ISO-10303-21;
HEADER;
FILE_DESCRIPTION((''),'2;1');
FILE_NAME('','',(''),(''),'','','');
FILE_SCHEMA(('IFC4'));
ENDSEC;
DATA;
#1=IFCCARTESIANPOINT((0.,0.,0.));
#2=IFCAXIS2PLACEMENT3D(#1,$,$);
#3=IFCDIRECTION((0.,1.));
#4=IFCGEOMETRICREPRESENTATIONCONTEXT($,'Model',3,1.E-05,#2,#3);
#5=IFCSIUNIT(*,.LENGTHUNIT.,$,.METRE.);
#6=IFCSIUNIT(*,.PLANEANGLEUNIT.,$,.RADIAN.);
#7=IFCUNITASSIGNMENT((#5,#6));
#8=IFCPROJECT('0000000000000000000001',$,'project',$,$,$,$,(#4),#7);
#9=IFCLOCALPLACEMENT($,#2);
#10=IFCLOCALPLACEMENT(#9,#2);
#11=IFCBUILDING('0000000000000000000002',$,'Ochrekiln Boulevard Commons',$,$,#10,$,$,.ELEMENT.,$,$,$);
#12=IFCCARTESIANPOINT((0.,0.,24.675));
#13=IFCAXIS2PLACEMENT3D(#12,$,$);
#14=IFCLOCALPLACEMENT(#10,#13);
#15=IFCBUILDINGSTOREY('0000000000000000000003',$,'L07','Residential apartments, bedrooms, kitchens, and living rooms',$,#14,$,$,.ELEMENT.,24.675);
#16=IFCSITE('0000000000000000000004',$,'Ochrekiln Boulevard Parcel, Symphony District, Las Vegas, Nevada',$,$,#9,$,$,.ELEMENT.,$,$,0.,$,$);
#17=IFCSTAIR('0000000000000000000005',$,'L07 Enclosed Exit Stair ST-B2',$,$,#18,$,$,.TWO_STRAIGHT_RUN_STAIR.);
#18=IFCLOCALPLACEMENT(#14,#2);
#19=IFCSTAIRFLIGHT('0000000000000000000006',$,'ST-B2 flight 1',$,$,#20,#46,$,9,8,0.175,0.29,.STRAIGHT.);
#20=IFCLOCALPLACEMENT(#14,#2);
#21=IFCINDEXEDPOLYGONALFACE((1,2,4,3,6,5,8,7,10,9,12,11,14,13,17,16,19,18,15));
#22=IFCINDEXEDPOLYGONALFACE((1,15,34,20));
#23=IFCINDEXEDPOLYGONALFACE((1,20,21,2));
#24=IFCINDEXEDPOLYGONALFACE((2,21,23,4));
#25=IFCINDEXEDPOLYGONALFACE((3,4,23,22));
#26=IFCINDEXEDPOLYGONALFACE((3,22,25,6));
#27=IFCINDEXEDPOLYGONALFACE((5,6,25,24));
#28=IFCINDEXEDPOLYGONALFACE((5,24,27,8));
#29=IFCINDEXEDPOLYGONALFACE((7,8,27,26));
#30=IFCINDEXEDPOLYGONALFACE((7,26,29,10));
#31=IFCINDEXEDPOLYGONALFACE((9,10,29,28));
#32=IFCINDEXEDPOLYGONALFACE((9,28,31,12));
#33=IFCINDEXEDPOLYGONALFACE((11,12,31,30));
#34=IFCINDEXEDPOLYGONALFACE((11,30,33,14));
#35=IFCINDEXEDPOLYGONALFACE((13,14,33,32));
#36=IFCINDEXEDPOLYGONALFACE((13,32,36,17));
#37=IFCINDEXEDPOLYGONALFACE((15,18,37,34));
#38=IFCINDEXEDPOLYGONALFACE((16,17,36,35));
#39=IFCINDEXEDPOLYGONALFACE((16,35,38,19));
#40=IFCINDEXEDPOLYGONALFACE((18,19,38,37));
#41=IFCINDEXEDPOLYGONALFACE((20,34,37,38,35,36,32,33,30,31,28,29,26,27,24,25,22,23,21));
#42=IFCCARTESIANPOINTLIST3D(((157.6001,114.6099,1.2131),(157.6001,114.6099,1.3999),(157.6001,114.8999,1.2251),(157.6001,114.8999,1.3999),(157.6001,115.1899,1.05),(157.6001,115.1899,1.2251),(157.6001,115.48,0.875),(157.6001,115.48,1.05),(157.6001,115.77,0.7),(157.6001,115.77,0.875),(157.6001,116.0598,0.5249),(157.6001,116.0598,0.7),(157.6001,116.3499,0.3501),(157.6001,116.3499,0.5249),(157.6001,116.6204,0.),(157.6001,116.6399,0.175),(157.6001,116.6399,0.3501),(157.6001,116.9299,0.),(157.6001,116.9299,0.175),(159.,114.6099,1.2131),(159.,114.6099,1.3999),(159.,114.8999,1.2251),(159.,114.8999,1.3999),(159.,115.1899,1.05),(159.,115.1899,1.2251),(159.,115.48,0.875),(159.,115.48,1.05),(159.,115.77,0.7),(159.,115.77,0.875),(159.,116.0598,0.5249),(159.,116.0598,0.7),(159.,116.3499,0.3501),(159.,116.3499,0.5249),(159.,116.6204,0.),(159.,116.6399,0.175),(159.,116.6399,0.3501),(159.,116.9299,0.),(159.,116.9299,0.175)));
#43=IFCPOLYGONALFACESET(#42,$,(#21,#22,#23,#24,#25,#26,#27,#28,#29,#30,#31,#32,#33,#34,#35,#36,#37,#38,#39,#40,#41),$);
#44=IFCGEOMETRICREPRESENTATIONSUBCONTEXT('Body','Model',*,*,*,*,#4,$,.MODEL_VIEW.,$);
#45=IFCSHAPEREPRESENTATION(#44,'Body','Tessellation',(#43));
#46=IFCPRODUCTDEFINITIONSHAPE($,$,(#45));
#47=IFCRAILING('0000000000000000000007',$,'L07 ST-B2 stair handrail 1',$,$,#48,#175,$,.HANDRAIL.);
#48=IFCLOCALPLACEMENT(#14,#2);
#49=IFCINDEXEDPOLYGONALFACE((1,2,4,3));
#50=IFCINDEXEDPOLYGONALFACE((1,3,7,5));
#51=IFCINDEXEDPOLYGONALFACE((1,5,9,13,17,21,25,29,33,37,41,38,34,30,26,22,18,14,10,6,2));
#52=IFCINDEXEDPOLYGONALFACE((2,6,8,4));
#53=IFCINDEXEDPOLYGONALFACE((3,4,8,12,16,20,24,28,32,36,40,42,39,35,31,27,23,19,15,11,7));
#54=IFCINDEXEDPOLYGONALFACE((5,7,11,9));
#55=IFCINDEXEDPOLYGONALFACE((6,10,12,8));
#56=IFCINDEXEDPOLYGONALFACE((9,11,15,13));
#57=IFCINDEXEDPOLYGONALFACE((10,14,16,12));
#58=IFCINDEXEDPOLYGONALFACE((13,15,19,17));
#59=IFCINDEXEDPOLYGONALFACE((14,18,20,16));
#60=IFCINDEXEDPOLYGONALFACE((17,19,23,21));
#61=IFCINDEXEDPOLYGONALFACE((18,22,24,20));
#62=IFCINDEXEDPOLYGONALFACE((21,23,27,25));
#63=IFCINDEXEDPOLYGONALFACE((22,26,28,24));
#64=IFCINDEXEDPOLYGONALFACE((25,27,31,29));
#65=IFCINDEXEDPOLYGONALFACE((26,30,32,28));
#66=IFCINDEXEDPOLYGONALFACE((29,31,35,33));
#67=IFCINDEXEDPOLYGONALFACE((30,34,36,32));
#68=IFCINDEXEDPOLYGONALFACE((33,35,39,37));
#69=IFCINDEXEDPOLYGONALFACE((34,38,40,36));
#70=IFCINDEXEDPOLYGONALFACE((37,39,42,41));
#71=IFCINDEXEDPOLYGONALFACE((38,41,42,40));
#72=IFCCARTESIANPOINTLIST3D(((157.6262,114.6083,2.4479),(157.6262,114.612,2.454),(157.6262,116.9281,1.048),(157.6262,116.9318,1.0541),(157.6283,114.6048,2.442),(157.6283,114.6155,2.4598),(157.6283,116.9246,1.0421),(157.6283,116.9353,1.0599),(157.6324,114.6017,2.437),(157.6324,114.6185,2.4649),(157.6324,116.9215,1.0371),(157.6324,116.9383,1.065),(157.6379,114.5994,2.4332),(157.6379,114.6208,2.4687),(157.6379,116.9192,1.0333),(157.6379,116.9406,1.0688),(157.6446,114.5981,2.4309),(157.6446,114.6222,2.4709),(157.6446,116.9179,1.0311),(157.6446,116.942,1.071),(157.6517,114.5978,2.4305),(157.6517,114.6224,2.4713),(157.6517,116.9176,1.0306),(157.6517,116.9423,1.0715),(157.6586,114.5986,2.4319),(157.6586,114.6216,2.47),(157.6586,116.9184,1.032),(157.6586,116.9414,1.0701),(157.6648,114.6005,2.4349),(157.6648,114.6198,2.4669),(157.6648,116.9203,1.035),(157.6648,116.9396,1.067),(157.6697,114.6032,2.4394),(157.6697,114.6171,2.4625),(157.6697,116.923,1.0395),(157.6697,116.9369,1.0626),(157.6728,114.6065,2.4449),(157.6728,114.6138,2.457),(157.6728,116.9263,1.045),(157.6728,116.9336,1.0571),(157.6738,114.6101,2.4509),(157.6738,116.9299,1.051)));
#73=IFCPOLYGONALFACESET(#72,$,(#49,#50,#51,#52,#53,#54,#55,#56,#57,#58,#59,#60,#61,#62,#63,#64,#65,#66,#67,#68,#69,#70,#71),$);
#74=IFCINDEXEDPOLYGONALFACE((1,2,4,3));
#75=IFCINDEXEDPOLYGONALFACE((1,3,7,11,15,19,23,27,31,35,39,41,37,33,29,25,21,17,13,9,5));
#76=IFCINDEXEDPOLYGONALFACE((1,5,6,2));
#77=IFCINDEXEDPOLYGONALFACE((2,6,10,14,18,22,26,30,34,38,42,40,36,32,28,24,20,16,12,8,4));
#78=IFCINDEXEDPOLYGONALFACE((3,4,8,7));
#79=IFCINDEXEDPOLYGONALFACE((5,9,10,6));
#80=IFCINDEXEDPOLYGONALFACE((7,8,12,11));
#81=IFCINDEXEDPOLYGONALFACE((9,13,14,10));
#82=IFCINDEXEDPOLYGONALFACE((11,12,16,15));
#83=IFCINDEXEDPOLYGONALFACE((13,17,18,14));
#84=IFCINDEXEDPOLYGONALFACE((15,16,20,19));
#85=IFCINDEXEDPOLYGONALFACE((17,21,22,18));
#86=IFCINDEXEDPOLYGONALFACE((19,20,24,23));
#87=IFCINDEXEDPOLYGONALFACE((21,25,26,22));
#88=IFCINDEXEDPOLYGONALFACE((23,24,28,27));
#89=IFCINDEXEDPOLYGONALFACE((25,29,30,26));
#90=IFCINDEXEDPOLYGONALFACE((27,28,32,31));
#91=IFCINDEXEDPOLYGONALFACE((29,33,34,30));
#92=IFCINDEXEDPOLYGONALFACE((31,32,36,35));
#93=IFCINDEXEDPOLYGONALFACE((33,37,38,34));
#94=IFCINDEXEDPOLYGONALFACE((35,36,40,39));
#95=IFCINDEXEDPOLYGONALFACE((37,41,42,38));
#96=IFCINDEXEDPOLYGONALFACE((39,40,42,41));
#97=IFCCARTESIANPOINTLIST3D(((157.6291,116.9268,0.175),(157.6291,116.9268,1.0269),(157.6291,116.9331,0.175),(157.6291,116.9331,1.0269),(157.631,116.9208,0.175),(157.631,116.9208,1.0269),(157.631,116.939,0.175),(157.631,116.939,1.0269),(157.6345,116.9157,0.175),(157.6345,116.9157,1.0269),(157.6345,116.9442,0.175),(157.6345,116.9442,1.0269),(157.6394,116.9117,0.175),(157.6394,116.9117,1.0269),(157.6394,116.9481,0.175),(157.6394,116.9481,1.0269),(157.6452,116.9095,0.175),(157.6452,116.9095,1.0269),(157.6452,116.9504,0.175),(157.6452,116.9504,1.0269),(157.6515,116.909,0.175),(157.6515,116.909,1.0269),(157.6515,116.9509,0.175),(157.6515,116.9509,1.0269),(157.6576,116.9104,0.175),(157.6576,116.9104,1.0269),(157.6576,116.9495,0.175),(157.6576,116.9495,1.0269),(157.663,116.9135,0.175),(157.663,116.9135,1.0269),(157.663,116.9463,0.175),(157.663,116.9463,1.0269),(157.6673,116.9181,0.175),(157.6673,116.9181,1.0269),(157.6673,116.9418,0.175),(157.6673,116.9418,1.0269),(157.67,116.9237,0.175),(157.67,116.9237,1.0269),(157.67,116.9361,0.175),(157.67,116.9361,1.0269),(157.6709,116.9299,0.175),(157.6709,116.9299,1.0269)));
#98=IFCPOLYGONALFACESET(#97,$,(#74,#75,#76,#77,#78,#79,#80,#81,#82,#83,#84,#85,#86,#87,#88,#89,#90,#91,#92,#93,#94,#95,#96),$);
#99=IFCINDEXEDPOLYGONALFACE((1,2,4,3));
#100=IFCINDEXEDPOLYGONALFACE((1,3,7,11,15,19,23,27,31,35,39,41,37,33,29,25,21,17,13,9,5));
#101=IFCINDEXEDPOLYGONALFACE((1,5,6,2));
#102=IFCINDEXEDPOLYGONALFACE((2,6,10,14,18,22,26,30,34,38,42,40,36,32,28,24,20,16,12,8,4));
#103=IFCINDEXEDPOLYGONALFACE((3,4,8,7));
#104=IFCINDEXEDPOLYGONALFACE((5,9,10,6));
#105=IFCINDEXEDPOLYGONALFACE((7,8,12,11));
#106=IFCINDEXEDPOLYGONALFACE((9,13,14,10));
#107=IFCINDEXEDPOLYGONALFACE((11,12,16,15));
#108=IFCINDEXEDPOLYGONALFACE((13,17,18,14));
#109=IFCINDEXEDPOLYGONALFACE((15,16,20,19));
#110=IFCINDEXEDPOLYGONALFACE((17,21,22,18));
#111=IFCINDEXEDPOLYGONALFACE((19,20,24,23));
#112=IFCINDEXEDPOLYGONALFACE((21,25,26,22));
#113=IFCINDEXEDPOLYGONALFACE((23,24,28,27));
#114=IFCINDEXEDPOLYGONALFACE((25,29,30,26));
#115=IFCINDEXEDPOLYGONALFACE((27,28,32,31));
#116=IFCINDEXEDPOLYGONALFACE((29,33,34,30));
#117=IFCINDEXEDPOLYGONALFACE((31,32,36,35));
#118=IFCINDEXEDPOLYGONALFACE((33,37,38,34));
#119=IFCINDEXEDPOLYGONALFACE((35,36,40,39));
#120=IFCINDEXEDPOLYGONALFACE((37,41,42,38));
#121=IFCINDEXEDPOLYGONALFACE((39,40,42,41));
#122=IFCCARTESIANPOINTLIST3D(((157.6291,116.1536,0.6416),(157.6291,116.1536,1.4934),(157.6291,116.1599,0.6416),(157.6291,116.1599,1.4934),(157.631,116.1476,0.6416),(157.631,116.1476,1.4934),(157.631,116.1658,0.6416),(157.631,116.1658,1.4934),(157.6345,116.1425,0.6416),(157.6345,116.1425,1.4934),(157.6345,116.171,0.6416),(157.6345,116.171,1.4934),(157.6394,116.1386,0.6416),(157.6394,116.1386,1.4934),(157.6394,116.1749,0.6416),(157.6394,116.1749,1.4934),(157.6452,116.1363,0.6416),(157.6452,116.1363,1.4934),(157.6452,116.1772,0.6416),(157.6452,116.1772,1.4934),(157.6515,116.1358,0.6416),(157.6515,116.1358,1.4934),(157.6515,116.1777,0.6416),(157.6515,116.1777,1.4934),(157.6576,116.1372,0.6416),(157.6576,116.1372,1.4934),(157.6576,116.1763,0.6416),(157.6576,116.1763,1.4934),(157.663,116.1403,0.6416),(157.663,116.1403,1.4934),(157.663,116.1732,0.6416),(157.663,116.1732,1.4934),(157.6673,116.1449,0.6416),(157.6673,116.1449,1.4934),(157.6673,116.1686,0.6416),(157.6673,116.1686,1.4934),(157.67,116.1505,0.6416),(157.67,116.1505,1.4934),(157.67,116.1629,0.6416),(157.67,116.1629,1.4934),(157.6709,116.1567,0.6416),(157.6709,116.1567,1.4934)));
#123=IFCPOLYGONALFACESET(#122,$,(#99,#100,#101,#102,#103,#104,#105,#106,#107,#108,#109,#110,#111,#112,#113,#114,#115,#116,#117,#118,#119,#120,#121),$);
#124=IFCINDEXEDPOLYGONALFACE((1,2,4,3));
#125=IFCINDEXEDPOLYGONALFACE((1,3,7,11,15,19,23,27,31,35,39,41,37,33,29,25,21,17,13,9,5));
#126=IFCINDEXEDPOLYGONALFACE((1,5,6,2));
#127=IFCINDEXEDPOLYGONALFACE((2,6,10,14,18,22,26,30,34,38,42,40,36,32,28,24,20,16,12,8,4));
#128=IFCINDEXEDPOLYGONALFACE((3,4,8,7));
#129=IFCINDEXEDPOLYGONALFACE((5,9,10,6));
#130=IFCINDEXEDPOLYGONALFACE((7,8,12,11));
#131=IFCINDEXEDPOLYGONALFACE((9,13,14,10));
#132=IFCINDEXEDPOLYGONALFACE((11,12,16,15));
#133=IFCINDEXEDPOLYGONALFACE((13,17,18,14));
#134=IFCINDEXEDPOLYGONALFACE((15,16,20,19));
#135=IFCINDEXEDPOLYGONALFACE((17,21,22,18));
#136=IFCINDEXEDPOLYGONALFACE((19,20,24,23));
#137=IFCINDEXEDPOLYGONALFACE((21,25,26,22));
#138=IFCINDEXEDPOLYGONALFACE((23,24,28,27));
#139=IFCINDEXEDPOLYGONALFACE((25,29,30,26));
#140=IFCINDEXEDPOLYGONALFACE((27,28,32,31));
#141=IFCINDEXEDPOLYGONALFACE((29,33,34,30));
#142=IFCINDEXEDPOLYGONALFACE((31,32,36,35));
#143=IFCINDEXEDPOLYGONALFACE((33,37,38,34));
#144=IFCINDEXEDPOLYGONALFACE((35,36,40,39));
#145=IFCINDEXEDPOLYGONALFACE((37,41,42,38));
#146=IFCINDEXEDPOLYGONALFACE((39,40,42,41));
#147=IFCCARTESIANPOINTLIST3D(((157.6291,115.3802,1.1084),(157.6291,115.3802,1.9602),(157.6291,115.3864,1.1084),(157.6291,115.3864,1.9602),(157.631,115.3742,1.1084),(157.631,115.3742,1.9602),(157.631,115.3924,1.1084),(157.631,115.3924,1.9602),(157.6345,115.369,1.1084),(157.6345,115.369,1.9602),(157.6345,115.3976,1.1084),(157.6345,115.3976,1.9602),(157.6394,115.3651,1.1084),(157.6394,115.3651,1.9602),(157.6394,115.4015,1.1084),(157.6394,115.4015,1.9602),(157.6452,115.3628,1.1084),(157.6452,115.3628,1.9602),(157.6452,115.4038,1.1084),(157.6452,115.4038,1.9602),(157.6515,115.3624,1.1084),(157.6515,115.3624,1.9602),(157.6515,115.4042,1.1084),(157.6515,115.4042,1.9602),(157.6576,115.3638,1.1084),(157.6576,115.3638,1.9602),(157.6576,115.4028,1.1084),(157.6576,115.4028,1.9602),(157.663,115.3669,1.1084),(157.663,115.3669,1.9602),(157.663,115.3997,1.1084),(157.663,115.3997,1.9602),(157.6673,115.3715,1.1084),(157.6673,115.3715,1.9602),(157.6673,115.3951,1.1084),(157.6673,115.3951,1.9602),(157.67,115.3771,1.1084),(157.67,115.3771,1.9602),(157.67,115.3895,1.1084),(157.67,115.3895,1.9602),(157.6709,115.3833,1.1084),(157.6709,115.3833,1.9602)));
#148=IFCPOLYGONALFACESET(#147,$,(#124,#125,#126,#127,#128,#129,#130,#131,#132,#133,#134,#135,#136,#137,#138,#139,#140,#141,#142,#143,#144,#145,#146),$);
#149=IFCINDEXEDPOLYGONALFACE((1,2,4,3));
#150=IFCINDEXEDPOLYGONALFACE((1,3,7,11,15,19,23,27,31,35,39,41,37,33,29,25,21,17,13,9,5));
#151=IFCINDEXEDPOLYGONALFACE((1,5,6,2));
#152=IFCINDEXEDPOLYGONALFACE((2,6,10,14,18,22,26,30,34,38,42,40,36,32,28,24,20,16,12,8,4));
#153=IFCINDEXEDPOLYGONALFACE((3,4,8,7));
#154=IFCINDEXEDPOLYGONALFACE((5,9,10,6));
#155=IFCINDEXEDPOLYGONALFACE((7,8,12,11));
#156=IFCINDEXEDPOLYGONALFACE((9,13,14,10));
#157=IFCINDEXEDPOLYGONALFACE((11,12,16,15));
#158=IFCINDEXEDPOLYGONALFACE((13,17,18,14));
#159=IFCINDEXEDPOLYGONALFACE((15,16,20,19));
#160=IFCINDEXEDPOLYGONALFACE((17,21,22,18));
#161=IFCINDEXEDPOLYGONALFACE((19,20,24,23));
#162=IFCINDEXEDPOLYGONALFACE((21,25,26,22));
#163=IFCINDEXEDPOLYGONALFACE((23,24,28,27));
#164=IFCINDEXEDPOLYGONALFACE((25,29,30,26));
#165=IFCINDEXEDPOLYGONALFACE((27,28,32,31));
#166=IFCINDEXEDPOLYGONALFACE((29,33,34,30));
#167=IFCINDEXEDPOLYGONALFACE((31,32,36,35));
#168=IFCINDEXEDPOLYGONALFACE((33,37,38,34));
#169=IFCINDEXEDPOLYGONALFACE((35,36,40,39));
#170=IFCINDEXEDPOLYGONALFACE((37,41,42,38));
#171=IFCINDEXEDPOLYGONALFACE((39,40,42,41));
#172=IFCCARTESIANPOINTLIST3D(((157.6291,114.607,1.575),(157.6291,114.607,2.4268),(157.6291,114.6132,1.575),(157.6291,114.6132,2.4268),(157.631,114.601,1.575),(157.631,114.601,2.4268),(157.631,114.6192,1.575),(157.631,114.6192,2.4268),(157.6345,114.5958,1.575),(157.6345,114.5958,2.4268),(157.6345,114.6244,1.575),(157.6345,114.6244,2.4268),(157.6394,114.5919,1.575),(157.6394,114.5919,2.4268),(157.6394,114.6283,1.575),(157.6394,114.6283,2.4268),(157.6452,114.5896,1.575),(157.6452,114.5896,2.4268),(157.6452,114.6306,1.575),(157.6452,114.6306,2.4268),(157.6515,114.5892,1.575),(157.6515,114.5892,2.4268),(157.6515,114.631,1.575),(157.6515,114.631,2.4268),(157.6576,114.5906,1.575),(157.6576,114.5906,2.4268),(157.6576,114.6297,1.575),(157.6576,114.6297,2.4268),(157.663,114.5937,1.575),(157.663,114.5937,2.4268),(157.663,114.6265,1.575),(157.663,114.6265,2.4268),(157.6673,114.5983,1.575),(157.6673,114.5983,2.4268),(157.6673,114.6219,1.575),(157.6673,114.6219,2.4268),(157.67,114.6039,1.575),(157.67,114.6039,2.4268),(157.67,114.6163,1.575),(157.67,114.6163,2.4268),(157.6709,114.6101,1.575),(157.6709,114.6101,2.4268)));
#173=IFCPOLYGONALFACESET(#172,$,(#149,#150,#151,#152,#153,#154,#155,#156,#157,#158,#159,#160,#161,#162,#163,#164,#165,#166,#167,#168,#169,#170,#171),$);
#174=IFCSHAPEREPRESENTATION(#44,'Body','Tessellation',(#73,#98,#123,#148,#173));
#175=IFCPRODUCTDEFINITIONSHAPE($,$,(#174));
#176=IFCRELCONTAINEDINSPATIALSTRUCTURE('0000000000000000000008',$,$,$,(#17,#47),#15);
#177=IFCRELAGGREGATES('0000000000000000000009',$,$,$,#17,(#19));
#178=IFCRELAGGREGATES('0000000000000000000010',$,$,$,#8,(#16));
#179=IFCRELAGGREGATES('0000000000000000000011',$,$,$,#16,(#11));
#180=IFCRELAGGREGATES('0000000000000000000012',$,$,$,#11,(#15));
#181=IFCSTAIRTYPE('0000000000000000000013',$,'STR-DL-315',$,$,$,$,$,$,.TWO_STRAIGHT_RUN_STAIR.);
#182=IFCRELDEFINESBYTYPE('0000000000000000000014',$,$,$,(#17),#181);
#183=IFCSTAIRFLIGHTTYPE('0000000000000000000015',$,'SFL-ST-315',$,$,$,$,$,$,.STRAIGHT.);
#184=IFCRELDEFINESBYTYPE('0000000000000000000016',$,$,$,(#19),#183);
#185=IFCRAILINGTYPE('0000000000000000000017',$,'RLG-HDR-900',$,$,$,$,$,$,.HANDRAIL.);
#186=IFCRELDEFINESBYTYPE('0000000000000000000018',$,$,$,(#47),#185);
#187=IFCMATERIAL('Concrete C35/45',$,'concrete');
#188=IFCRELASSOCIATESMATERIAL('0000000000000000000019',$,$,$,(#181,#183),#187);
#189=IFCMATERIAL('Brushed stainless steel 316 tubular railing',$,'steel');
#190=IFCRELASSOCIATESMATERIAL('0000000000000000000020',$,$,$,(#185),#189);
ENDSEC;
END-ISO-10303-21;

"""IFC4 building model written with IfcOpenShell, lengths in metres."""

from ifc_helpers import new_model, si_unit, direction, frame, origin, origin_2d, place, context, subcontext, project, spatial, polyline, circle, outline, extrude, material, type_object, element, aggregate, save


model = new_model("IFC4")

# Units and contexts
model_context = context("Model", 3, precision=1e-05, world=origin(), true_north=direction((0.0, 1.0)))
body_context = subcontext(model_context, "Body", "Model", "MODEL_VIEW")
ifc_project = project(units=[si_unit("LENGTHUNIT", "METRE"), si_unit("PLANEANGLEUNIT", "RADIAN")], contexts=[model_context])

# Site, building, storey
site_placement = place(None, origin())
site = spatial("IfcSite", under=ifc_project, at=site_placement, Name="Ochrekiln Boulevard Parcel, Symphony District, Las Vegas, Nevada", CompositionType="ELEMENT", RefElevation=0.0)
building_placement = place(site_placement, origin())
building = spatial("IfcBuilding", under=site, at=building_placement, Name="Ochrekiln Boulevard Commons", CompositionType="ELEMENT")
storey_placement = place(building_placement, frame((0.0, 0.0, 24.675)))
storey = spatial("IfcBuildingStorey", under=building, at=storey_placement, Name="L07", Description="Residential apartments, bedrooms, kitchens, and living rooms", CompositionType="ELEMENT", Elevation=24.675)

# Stair, stair flight
ifc_material_1 = material(Name="Concrete C35/45", Category="concrete")
stair_type = type_object("IfcStairType", Name="STR-DL-315", PredefinedType="TWO_STRAIGHT_RUN_STAIR", material=ifc_material_1)
stair_placement = place(storey_placement, origin())
stair = element("IfcStair", 1, at=stair_placement, inside=storey, type_object=stair_type, Name="L07 Enclosed Exit Stair ST-B2", PredefinedType="TWO_STRAIGHT_RUN_STAIR")
stair_flight_type = type_object("IfcStairFlightType", Name="SFL-ST-315", PredefinedType="STRAIGHT", material=ifc_material_1)
stair_flight_placement = place(storey_placement, frame((158.3, 116.9299, 0.0), z_axis=(0.0, 0.0, 1.0), x_axis=(0.0, -1.0, 0.0)))
stair_flight = element("IfcStairFlight", 2, at=stair_flight_placement, type_object=stair_flight_type, Name="ST-B2 flight 1", NumberOfRisers=9, NumberOfTreads=8, PredefinedType="STRAIGHT", RiserHeight=0.175, TreadLength=0.29, context=body_context, shape_type="SweptSolid", body=[
    extrude(outline(polyline([(0.0, 0.0), (0.0, 0.175), (0.29, 0.175), (0.29, 0.3501), (0.5801, 0.3501), (0.5801, 0.5249), (0.8701, 0.5249), (0.8701, 0.7), (1.1599, 0.7), (1.1599, 0.875), (1.45, 0.875), (1.45, 1.05), (1.74, 1.05), (1.74, 1.2251), (2.03, 1.2251), (2.03, 1.3999), (2.3201, 1.3999), (2.3201, 1.575), (2.3201, 1.2131), (0.3096, 0.0), (0.0, 0.0)])), frame((0.0, 0.7, 0.0), z_axis=(0.0, -1.0, 0.0), x_axis=(1.0, 0.0, 0.0)), (0.0, 0.0, 1.0), 1.3999),
])
aggregate(stair, [stair_flight])

# Railing
ifc_material_2 = material(Name="Brushed stainless steel 316 tubular railing", Category="steel")
railing_type_1 = type_object("IfcRailingType", Name="RLG-HDR-900", PredefinedType="HANDRAIL", material=ifc_material_2)
railing_1_placement = place(storey_placement, frame((157.6499, 116.9299, 0.175)))
element("IfcRailing", 3, at=railing_1_placement, inside=storey, type_object=railing_type_1, Name="L07 ST-B2 stair handrail 1", PredefinedType="HANDRAIL", context=body_context, shape_type="SweptSolid", body=[
    extrude(circle(Radius=0.0239, at=origin_2d()), frame((0.0, 0.0, 0.876), z_axis=(0.0, -0.856186, 0.516667), x_axis=(1.0, 0.0, 0.0)), (0.0, 0.0, 1.0), 2.7095),
    extrude(circle(Radius=0.021, at=origin_2d()), origin(), (0.0, 0.0, 1.0), 0.8518),
    extrude(circle(Radius=0.021, at=origin_2d()), frame((0.0, -0.7732, 0.4666)), (0.0, 0.0, 1.0), 0.8518),
    extrude(circle(Radius=0.021, at=origin_2d()), frame((0.0, -1.5466, 0.9333)), (0.0, 0.0, 1.0), 0.8518),
    extrude(circle(Radius=0.021, at=origin_2d()), frame((0.0, -2.3198, 1.3999)), (0.0, 0.0, 1.0), 0.8518),
])

save(model, "model.ifc")
